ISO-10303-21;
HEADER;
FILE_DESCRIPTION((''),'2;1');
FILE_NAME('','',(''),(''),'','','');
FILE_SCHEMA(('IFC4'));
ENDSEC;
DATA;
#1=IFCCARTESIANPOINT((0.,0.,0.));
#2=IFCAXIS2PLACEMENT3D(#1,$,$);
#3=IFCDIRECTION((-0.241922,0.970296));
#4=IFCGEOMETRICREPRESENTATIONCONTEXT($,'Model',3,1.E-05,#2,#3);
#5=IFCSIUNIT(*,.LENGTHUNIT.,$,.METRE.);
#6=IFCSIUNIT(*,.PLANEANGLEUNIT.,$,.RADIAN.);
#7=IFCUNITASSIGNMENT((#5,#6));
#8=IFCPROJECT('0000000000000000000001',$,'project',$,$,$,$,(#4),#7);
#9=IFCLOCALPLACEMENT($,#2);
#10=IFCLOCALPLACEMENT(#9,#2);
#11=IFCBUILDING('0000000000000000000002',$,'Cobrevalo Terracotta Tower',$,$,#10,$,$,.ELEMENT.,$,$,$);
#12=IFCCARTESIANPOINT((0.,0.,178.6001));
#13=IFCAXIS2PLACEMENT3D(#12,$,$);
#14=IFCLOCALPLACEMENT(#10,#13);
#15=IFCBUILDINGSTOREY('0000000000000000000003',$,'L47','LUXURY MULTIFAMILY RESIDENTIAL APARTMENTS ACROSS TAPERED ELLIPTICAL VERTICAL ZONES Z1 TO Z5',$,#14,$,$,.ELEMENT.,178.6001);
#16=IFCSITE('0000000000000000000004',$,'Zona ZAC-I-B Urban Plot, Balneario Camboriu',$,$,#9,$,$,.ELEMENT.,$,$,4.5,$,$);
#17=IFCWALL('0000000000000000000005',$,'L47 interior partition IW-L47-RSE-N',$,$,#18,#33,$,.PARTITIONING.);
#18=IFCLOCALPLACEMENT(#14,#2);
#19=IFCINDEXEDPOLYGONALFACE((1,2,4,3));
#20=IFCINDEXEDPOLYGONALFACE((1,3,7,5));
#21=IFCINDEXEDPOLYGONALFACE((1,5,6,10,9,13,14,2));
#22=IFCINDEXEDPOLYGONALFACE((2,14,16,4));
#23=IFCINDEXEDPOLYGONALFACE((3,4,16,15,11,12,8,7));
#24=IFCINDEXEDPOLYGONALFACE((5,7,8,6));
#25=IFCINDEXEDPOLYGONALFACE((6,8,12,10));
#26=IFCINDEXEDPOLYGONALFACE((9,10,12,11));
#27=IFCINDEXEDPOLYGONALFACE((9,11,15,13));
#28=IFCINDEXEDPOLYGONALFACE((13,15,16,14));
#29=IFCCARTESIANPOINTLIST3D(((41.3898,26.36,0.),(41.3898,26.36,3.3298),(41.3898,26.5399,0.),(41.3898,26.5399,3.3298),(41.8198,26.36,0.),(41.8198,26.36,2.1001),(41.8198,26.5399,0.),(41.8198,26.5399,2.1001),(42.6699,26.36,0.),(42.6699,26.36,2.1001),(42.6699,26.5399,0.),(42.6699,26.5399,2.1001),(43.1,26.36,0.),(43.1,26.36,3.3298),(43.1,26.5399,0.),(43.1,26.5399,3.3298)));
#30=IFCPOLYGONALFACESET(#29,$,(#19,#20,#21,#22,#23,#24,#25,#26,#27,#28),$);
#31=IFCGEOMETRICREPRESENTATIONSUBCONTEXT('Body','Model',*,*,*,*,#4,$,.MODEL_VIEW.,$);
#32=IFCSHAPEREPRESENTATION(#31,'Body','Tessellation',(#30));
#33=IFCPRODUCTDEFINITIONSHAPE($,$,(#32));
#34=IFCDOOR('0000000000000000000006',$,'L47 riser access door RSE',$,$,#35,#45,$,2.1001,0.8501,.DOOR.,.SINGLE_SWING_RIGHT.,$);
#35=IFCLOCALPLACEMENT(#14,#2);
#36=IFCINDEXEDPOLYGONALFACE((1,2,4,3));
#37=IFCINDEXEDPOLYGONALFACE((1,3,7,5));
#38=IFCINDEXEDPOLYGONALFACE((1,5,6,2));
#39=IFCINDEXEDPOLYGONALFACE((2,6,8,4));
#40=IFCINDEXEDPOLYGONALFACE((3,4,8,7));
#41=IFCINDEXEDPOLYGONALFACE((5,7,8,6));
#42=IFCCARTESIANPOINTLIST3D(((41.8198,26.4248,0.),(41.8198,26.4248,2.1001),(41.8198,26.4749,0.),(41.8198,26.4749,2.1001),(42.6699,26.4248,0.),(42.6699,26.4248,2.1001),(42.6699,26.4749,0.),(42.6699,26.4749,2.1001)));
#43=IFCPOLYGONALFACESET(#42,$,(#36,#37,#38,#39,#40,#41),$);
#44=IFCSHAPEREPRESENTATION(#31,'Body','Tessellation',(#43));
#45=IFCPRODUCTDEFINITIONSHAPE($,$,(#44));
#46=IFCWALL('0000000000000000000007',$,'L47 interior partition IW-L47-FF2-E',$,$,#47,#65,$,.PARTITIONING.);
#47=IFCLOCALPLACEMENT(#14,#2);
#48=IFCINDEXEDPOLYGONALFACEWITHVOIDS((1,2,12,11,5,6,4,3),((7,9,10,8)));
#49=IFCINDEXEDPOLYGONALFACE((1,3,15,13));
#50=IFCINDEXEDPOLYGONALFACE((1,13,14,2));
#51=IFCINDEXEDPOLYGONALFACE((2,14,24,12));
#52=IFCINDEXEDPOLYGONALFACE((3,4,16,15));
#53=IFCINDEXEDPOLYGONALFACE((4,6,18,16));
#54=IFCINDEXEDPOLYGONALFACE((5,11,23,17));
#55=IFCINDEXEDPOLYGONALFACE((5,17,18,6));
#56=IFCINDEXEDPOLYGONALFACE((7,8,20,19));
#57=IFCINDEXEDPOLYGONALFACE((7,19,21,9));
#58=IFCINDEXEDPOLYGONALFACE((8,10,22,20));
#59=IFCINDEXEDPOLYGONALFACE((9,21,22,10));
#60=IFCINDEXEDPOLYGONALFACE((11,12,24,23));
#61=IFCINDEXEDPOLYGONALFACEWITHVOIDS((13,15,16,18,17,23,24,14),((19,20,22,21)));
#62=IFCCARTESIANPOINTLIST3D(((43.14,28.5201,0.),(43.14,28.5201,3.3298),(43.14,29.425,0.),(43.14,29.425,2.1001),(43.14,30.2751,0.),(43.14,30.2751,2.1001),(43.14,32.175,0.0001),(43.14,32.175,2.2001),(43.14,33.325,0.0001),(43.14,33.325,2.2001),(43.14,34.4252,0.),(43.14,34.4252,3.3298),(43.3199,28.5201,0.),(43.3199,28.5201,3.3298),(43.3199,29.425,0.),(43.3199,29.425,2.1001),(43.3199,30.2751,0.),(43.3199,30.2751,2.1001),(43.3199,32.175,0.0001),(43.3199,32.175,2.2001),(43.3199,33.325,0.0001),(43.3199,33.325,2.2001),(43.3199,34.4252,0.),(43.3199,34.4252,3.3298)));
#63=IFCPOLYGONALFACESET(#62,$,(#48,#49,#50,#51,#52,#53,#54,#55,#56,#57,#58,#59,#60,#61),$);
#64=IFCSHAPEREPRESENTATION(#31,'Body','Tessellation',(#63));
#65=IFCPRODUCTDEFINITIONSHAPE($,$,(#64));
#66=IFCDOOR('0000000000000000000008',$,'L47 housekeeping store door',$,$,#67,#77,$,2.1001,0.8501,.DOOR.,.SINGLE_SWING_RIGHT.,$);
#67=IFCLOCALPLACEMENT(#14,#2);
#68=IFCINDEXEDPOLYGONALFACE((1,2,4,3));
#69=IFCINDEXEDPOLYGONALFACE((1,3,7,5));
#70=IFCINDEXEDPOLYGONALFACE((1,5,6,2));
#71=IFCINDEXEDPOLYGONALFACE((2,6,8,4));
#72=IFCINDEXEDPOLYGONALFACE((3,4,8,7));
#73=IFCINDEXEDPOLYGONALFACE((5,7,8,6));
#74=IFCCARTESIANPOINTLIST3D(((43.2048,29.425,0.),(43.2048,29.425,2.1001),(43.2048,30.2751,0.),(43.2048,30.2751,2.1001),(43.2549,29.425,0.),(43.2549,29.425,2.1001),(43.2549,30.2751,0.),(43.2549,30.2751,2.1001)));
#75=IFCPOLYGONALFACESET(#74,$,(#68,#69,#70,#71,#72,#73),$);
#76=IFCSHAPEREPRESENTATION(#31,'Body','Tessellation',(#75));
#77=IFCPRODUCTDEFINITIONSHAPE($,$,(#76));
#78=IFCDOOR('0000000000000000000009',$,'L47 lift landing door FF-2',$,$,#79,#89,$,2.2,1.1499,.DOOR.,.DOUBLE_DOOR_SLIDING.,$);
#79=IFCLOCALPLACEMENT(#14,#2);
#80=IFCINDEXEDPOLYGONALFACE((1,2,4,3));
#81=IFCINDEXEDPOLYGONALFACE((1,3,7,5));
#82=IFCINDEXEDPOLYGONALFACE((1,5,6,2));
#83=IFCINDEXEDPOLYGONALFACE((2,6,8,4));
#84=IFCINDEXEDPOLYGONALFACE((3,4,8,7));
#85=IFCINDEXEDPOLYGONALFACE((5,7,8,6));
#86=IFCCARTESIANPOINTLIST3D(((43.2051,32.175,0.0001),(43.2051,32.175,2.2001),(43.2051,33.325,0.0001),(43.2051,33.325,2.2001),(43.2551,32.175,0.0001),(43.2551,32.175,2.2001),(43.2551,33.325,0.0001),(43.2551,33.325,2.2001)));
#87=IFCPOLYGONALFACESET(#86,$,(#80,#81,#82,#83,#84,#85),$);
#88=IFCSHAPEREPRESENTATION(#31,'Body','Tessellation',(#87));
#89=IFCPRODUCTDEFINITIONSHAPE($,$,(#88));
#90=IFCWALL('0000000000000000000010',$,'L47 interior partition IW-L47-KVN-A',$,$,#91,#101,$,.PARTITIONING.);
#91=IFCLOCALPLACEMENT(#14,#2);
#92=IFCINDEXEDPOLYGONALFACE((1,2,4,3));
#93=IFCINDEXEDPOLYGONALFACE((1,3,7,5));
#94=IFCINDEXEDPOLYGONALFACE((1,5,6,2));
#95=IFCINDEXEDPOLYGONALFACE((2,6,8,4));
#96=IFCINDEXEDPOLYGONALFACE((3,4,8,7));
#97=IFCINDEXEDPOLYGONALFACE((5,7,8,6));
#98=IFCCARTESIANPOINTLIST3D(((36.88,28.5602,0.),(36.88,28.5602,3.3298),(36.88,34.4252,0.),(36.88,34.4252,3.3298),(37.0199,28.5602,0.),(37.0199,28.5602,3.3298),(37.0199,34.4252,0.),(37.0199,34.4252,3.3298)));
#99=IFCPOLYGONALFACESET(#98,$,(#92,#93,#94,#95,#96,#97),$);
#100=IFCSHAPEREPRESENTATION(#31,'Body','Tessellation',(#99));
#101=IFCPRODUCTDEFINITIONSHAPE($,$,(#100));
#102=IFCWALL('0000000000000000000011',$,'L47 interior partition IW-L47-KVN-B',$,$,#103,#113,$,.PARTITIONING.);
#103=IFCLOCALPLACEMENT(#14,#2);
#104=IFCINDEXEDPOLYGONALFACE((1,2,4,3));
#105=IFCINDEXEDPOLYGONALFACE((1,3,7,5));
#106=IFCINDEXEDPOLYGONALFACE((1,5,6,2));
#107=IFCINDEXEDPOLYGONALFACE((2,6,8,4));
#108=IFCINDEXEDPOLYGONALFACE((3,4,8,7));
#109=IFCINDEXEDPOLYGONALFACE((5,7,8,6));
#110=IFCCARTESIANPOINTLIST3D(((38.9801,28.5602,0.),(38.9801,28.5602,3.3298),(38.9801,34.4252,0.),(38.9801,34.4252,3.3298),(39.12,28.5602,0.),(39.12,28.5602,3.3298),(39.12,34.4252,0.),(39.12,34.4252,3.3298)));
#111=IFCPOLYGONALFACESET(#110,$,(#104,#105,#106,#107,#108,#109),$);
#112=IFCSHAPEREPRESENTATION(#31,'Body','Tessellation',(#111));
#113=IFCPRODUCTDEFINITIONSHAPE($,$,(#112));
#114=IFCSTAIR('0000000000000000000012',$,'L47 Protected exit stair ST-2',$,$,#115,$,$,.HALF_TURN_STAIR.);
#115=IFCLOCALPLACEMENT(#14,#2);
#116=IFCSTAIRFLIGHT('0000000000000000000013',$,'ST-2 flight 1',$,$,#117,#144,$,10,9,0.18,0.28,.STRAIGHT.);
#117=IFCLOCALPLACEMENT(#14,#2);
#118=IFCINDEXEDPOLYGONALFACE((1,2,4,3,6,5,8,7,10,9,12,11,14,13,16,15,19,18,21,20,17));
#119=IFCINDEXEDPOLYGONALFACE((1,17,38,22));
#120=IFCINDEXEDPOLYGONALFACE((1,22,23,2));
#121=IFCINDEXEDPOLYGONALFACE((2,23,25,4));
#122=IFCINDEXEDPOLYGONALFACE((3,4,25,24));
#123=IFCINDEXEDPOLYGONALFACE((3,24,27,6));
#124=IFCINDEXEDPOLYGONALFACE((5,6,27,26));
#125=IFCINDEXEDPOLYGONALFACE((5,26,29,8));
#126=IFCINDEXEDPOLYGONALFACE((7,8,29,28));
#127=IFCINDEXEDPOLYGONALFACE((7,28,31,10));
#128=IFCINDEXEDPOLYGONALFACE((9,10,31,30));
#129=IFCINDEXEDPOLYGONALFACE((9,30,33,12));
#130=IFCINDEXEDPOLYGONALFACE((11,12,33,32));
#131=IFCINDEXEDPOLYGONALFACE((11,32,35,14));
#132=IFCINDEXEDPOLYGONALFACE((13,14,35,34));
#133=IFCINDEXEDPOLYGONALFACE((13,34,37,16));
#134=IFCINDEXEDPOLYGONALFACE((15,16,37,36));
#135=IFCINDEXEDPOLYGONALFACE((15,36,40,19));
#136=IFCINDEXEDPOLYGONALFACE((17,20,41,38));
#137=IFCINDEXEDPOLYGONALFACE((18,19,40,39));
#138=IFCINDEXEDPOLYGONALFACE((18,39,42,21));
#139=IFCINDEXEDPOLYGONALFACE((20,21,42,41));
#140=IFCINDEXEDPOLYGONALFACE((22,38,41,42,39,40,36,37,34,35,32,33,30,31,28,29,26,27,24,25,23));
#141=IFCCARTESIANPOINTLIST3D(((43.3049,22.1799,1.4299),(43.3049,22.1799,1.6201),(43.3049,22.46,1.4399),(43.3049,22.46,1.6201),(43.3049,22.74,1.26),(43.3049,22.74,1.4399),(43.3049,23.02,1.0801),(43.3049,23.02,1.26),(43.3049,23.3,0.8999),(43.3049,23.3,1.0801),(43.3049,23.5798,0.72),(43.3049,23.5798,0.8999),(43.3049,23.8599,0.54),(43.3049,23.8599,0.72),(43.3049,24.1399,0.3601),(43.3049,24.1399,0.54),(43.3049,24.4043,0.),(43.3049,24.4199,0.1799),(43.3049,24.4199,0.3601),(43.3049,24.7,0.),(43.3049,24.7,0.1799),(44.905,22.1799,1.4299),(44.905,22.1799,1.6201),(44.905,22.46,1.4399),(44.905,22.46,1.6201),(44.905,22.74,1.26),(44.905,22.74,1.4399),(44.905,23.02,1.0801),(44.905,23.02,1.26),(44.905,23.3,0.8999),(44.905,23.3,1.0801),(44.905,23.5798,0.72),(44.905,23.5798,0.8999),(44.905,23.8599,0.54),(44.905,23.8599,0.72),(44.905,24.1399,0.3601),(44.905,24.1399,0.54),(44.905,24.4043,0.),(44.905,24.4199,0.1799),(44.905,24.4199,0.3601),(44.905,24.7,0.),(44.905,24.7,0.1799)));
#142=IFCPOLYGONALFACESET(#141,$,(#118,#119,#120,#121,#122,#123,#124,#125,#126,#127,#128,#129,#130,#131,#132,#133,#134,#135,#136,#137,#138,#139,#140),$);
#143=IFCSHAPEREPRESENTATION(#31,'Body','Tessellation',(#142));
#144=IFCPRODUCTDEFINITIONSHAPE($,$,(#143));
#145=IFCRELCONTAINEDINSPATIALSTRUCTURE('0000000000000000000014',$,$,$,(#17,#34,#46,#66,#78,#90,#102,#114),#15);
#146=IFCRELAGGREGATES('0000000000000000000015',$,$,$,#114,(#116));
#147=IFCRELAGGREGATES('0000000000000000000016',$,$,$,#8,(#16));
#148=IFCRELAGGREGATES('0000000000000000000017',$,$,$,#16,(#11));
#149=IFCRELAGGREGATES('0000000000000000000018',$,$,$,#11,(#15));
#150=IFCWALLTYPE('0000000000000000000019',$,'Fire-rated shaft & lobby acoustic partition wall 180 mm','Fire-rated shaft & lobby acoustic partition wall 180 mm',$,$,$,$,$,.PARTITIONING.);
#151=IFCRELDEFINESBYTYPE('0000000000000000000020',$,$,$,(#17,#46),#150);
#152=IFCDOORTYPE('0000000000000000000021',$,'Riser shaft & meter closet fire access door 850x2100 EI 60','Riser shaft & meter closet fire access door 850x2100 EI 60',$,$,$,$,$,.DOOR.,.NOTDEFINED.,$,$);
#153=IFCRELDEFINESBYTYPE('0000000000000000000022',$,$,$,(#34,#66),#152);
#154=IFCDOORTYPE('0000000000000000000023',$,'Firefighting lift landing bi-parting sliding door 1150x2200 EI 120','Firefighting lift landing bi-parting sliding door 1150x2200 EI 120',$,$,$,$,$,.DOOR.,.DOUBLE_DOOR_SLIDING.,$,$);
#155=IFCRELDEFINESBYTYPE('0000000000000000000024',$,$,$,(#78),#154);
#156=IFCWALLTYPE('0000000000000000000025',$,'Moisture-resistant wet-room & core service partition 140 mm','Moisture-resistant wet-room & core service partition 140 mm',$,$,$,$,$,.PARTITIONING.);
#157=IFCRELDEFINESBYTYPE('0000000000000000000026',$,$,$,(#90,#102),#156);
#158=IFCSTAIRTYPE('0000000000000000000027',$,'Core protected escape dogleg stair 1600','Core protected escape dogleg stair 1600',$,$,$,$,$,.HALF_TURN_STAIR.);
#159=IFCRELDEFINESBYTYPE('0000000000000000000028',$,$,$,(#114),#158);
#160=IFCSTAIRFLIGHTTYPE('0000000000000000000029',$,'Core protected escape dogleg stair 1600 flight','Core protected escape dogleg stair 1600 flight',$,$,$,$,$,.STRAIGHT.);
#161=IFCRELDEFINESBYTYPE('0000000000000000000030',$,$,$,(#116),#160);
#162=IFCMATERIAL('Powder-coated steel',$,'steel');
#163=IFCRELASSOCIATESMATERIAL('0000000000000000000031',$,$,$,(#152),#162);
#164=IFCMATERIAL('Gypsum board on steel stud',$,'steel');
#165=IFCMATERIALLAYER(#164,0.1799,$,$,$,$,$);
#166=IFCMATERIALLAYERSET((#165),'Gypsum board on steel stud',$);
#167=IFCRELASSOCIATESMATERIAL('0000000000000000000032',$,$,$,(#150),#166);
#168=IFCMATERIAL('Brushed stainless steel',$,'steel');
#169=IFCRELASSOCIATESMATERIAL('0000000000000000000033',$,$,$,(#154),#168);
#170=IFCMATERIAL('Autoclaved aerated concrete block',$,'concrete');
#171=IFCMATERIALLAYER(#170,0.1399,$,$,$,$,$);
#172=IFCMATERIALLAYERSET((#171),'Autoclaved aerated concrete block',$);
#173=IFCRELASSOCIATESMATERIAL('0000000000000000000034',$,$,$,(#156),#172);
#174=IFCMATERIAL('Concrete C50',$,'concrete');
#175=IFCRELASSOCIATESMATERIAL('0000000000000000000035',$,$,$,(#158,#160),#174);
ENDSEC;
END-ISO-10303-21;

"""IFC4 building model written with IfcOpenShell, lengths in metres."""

from ifc_helpers import new_model, si_unit, direction, frame, frame_2d, origin, place, context, subcontext, project, spatial, polyline, rectangle, outline, extrude, source, transform, mapped, material, layer, layer_set, type_object, element, fill, aggregate, save


model = new_model("IFC4")

# Units and contexts
model_context = context("Model", 3, precision=1e-05, world=origin(), true_north=direction((-0.241922, 0.970296)))
body_context = subcontext(model_context, "Body", "Model", "MODEL_VIEW")
ifc_project = project(units=[si_unit("LENGTHUNIT", "METRE"), si_unit("PLANEANGLEUNIT", "RADIAN")], contexts=[model_context])

# Site, building, storey
site_placement = place(None, origin())
site = spatial("IfcSite", under=ifc_project, at=site_placement, Name="Zona ZAC-I-B Urban Plot, Balneario Camboriu", CompositionType="ELEMENT", RefElevation=4.5)
building_placement = place(site_placement, origin())
building = spatial("IfcBuilding", under=site, at=building_placement, Name="Cobrevalo Terracotta Tower", CompositionType="ELEMENT")
storey_placement = place(building_placement, frame((0.0, 0.0, 178.6001)))
storey = spatial("IfcBuildingStorey", under=building, at=storey_placement, Name="L47", Description="LUXURY MULTIFAMILY RESIDENTIAL APARTMENTS ACROSS TAPERED ELLIPTICAL VERTICAL ZONES Z1 TO Z5", CompositionType="ELEMENT", Elevation=178.6001)

# Shared definitions
ifc_material_1 = material(Name="Gypsum board on steel stud", Category="steel")

# Shared definitions
ifc_material_2 = material(Name="Powder-coated steel", Category="steel")
door_type_1 = type_object("IfcDoorType", Name="Riser shaft & meter closet fire access door 850x2100 EI 60", Description="Riser shaft & meter closet fire access door 850x2100 EI 60", OperationType="NOTDEFINED", PredefinedType="DOOR", material=ifc_material_2)
shared_shape_1 = source(origin(), body_context, "Body", "SweptSolid", [
    extrude(rectangle(XDim=0.8501, YDim=2.1001, at=frame_2d((0.425, 1.05))), frame((0.0, 0.0249, 0.0), z_axis=(0.0, -1.0, 0.0), x_axis=(1.0, 0.0, 0.0)), (0.0, 0.0, 1.0), 0.05),
])
ifc_material_3 = material(Name="Brushed stainless steel", Category="steel")

# Wall, opening, door
ifc_layer_1 = layer(ifc_material_1, 0.1799)
ifc_layer_set_1 = layer_set([ifc_layer_1], Name="Gypsum board on steel stud")
wall_type_1 = type_object("IfcWallType", Name="Fire-rated shaft & lobby acoustic partition wall 180 mm", Description="Fire-rated shaft & lobby acoustic partition wall 180 mm", PredefinedType="PARTITIONING", material=ifc_layer_set_1)
wall_1_placement = place(storey_placement, frame((41.3899, 26.45, 0.0), z_axis=(0.0, 0.0, 1.0), x_axis=(1.0, 0.0, 0.0)))
wall_1 = element("IfcWall", 1, at=wall_1_placement, inside=storey, type_object=wall_type_1, Name="L47 interior partition IW-L47-RSE-N", PredefinedType="PARTITIONING", context=body_context, shape_type="SweptSolid", body=[
    extrude(rectangle(XDim=1.7102, YDim=0.1799, at=frame_2d((0.855, 0.0))), origin(), (0.0, 0.0, 1.0), 3.3298),
])
opening_1_placement = place(wall_1_placement, frame((0.4299, 0.0, 0.0)))
opening_1 = element("IfcOpeningElement", 2, at=opening_1_placement, cuts=wall_1, PredefinedType="OPENING", context=body_context, shape_type="SweptSolid", body=[
    extrude(rectangle(XDim=0.8501, YDim=2.1001, at=frame_2d((0.425, 1.05))), frame((0.0, 0.1001, 0.0), z_axis=(0.0, -1.0, 0.0), x_axis=(1.0, 0.0, 0.0)), (0.0, 0.0, 1.0), 0.2),
])
door_1_placement = place(opening_1_placement, origin())
door_1 = element("IfcDoor", 3, at=door_1_placement, inside=storey, type_object=door_type_1, Name="L47 riser access door RSE", OperationType="SINGLE_SWING_RIGHT", OverallHeight=2.1001, OverallWidth=0.8501, PredefinedType="DOOR", context=body_context, shape_type="MappedRepresentation", body=[
    mapped(shared_shape_1, transform((0.0, 0.0, 0.0), scale=1.0)),
])
fill(opening_1, door_1)

# Wall, openings, doors
wall_2_placement = place(storey_placement, frame((43.23, 28.52, 0.0), z_axis=(0.0, 0.0, 1.0), x_axis=(0.0, 1.0, 0.0)))
wall_2 = element("IfcWall", 4, at=wall_2_placement, inside=storey, type_object=wall_type_1, Name="L47 interior partition IW-L47-FF2-E", PredefinedType="PARTITIONING", context=body_context, shape_type="SweptSolid", body=[
    extrude(rectangle(XDim=5.905, YDim=0.1799, at=frame_2d((2.9526, 0.0))), origin(), (0.0, 0.0, 1.0), 3.3298),
])
opening_2_placement = place(wall_2_placement, frame((0.905, 0.0, 0.0)))
opening_2 = element("IfcOpeningElement", 5, at=opening_2_placement, cuts=wall_2, PredefinedType="OPENING", context=body_context, shape_type="SweptSolid", body=[
    extrude(rectangle(XDim=0.8501, YDim=2.1001, at=frame_2d((0.425, 1.05))), frame((0.0, 0.1001, 0.0), z_axis=(0.0, -1.0, 0.0), x_axis=(1.0, 0.0, 0.0)), (0.0, 0.0, 1.0), 0.2),
])
opening_3_placement = place(wall_2_placement, frame((3.655, 0.0, 0.0)))
opening_3 = element("IfcOpeningElement", 6, at=opening_3_placement, cuts=wall_2, PredefinedType="OPENING", context=body_context, shape_type="SweptSolid", body=[
    extrude(rectangle(XDim=1.1499, YDim=2.2, at=frame_2d((0.575, 1.1001))), frame((0.0, 0.1001, 0.0), z_axis=(0.0, -1.0, 0.0), x_axis=(1.0, 0.0, 0.0)), (0.0, 0.0, 1.0), 0.2),
])
door_2_placement = place(opening_2_placement, frame((0.8501, 0.0, 0.0), z_axis=(0.0, 0.0, 1.0), x_axis=(-1.0, 0.0, 0.0)))
door_2 = element("IfcDoor", 7, at=door_2_placement, inside=storey, type_object=door_type_1, Name="L47 housekeeping store door", OperationType="SINGLE_SWING_RIGHT", OverallHeight=2.1001, OverallWidth=0.8501, PredefinedType="DOOR", context=body_context, shape_type="MappedRepresentation", body=[
    mapped(shared_shape_1, transform((0.0, 0.0, 0.0), scale=1.0)),
])
fill(opening_2, door_2)
door_type_2 = type_object("IfcDoorType", Name="Firefighting lift landing bi-parting sliding door 1150x2200 EI 120", Description="Firefighting lift landing bi-parting sliding door 1150x2200 EI 120", OperationType="DOUBLE_DOOR_SLIDING", PredefinedType="DOOR", material=ifc_material_3)
shared_shape_2 = source(origin(), body_context, "Body", "SweptSolid", [
    extrude(rectangle(XDim=1.1499, YDim=2.2, at=frame_2d((0.575, 1.1001))), frame((0.0, 0.0249, 0.0), z_axis=(0.0, -1.0, 0.0), x_axis=(1.0, 0.0, 0.0)), (0.0, 0.0, 1.0), 0.05),
])
door_3_placement = place(opening_3_placement, origin())
door_3 = element("IfcDoor", 8, at=door_3_placement, inside=storey, type_object=door_type_2, Name="L47 lift landing door FF-2", OperationType="DOUBLE_DOOR_SLIDING", OverallHeight=2.2, OverallWidth=1.1499, PredefinedType="DOOR", context=body_context, shape_type="MappedRepresentation", body=[
    mapped(shared_shape_2, transform((0.0, 0.0, 0.0), scale=1.0)),
])
fill(opening_3, door_3)

# Walls
ifc_material_4 = material(Name="Autoclaved aerated concrete block", Category="concrete")
ifc_layer_2 = layer(ifc_material_4, 0.1399)
ifc_layer_set_2 = layer_set([ifc_layer_2], Name="Autoclaved aerated concrete block")
wall_type_2 = type_object("IfcWallType", Name="Moisture-resistant wet-room & core service partition 140 mm", Description="Moisture-resistant wet-room & core service partition 140 mm", PredefinedType="PARTITIONING", material=ifc_layer_set_2)
for number, where, z_axis, x_axis, name in (
    (9, (36.95, 28.5601, 0.0), (0.0, 0.0, 1.0), (0.0, 1.0, 0.0), "L47 interior partition IW-L47-KVN-A"),
    (10, (39.05, 28.5601, 0.0), (0.0, 0.0, 1.0), (0.0, 1.0, 0.0), "L47 interior partition IW-L47-KVN-B"),
):
    element("IfcWall", number, at=place(storey_placement, frame(where, z_axis=z_axis, x_axis=x_axis)), inside=storey, type_object=wall_type_2, Name=name, PredefinedType="PARTITIONING", context=body_context, shape_type="SweptSolid", body=[
        extrude(rectangle(XDim=5.865, YDim=0.1399, at=frame_2d((2.9326, 0.0))), origin(), (0.0, 0.0, 1.0), 3.3298),
    ])

# Shared definitions
ifc_material_5 = material(Name="Concrete C50", Category="concrete")

# Stair, stair flight
stair_type = type_object("IfcStairType", Name="Core protected escape dogleg stair 1600", Description="Core protected escape dogleg stair 1600", PredefinedType="HALF_TURN_STAIR", material=ifc_material_5)
stair_placement = place(storey_placement, origin())
stair = element("IfcStair", 11, at=stair_placement, inside=storey, type_object=stair_type, Name="L47 Protected exit stair ST-2", PredefinedType="HALF_TURN_STAIR")
stair_flight_type = type_object("IfcStairFlightType", Name="Core protected escape dogleg stair 1600 flight", Description="Core protected escape dogleg stair 1600 flight", PredefinedType="STRAIGHT", material=ifc_material_5)
stair_flight_placement = place(storey_placement, frame((44.105, 24.7, 0.0), z_axis=(0.0, 0.0, 1.0), x_axis=(0.0, -1.0, 0.0)))
stair_flight = element("IfcStairFlight", 12, at=stair_flight_placement, type_object=stair_flight_type, Name="ST-2 flight 1", NumberOfRisers=10, NumberOfTreads=9, PredefinedType="STRAIGHT", RiserHeight=0.18, TreadLength=0.28, context=body_context, shape_type="SweptSolid", body=[
    extrude(outline(polyline([(0.0, 0.0), (0.0, 0.1799), (0.28, 0.1799), (0.28, 0.3601), (0.5601, 0.3601), (0.5601, 0.54), (0.8401, 0.54), (0.8401, 0.72), (1.1201, 0.72), (1.1201, 0.8999), (1.3999, 0.8999), (1.3999, 1.0801), (1.6799, 1.0801), (1.6799, 1.26), (1.96, 1.26), (1.96, 1.4399), (2.24, 1.4399), (2.24, 1.6201), (2.52, 1.6201), (2.52, 1.8), (2.52, 1.4299), (0.2957, 0.0), (0.0, 0.0)])), frame((0.0, 0.8, 0.0), z_axis=(0.0, -1.0, 0.0), x_axis=(1.0, 0.0, 0.0)), (0.0, 0.0, 1.0), 1.6001),
])
aggregate(stair, [stair_flight])

save(model, "model.ifc")
